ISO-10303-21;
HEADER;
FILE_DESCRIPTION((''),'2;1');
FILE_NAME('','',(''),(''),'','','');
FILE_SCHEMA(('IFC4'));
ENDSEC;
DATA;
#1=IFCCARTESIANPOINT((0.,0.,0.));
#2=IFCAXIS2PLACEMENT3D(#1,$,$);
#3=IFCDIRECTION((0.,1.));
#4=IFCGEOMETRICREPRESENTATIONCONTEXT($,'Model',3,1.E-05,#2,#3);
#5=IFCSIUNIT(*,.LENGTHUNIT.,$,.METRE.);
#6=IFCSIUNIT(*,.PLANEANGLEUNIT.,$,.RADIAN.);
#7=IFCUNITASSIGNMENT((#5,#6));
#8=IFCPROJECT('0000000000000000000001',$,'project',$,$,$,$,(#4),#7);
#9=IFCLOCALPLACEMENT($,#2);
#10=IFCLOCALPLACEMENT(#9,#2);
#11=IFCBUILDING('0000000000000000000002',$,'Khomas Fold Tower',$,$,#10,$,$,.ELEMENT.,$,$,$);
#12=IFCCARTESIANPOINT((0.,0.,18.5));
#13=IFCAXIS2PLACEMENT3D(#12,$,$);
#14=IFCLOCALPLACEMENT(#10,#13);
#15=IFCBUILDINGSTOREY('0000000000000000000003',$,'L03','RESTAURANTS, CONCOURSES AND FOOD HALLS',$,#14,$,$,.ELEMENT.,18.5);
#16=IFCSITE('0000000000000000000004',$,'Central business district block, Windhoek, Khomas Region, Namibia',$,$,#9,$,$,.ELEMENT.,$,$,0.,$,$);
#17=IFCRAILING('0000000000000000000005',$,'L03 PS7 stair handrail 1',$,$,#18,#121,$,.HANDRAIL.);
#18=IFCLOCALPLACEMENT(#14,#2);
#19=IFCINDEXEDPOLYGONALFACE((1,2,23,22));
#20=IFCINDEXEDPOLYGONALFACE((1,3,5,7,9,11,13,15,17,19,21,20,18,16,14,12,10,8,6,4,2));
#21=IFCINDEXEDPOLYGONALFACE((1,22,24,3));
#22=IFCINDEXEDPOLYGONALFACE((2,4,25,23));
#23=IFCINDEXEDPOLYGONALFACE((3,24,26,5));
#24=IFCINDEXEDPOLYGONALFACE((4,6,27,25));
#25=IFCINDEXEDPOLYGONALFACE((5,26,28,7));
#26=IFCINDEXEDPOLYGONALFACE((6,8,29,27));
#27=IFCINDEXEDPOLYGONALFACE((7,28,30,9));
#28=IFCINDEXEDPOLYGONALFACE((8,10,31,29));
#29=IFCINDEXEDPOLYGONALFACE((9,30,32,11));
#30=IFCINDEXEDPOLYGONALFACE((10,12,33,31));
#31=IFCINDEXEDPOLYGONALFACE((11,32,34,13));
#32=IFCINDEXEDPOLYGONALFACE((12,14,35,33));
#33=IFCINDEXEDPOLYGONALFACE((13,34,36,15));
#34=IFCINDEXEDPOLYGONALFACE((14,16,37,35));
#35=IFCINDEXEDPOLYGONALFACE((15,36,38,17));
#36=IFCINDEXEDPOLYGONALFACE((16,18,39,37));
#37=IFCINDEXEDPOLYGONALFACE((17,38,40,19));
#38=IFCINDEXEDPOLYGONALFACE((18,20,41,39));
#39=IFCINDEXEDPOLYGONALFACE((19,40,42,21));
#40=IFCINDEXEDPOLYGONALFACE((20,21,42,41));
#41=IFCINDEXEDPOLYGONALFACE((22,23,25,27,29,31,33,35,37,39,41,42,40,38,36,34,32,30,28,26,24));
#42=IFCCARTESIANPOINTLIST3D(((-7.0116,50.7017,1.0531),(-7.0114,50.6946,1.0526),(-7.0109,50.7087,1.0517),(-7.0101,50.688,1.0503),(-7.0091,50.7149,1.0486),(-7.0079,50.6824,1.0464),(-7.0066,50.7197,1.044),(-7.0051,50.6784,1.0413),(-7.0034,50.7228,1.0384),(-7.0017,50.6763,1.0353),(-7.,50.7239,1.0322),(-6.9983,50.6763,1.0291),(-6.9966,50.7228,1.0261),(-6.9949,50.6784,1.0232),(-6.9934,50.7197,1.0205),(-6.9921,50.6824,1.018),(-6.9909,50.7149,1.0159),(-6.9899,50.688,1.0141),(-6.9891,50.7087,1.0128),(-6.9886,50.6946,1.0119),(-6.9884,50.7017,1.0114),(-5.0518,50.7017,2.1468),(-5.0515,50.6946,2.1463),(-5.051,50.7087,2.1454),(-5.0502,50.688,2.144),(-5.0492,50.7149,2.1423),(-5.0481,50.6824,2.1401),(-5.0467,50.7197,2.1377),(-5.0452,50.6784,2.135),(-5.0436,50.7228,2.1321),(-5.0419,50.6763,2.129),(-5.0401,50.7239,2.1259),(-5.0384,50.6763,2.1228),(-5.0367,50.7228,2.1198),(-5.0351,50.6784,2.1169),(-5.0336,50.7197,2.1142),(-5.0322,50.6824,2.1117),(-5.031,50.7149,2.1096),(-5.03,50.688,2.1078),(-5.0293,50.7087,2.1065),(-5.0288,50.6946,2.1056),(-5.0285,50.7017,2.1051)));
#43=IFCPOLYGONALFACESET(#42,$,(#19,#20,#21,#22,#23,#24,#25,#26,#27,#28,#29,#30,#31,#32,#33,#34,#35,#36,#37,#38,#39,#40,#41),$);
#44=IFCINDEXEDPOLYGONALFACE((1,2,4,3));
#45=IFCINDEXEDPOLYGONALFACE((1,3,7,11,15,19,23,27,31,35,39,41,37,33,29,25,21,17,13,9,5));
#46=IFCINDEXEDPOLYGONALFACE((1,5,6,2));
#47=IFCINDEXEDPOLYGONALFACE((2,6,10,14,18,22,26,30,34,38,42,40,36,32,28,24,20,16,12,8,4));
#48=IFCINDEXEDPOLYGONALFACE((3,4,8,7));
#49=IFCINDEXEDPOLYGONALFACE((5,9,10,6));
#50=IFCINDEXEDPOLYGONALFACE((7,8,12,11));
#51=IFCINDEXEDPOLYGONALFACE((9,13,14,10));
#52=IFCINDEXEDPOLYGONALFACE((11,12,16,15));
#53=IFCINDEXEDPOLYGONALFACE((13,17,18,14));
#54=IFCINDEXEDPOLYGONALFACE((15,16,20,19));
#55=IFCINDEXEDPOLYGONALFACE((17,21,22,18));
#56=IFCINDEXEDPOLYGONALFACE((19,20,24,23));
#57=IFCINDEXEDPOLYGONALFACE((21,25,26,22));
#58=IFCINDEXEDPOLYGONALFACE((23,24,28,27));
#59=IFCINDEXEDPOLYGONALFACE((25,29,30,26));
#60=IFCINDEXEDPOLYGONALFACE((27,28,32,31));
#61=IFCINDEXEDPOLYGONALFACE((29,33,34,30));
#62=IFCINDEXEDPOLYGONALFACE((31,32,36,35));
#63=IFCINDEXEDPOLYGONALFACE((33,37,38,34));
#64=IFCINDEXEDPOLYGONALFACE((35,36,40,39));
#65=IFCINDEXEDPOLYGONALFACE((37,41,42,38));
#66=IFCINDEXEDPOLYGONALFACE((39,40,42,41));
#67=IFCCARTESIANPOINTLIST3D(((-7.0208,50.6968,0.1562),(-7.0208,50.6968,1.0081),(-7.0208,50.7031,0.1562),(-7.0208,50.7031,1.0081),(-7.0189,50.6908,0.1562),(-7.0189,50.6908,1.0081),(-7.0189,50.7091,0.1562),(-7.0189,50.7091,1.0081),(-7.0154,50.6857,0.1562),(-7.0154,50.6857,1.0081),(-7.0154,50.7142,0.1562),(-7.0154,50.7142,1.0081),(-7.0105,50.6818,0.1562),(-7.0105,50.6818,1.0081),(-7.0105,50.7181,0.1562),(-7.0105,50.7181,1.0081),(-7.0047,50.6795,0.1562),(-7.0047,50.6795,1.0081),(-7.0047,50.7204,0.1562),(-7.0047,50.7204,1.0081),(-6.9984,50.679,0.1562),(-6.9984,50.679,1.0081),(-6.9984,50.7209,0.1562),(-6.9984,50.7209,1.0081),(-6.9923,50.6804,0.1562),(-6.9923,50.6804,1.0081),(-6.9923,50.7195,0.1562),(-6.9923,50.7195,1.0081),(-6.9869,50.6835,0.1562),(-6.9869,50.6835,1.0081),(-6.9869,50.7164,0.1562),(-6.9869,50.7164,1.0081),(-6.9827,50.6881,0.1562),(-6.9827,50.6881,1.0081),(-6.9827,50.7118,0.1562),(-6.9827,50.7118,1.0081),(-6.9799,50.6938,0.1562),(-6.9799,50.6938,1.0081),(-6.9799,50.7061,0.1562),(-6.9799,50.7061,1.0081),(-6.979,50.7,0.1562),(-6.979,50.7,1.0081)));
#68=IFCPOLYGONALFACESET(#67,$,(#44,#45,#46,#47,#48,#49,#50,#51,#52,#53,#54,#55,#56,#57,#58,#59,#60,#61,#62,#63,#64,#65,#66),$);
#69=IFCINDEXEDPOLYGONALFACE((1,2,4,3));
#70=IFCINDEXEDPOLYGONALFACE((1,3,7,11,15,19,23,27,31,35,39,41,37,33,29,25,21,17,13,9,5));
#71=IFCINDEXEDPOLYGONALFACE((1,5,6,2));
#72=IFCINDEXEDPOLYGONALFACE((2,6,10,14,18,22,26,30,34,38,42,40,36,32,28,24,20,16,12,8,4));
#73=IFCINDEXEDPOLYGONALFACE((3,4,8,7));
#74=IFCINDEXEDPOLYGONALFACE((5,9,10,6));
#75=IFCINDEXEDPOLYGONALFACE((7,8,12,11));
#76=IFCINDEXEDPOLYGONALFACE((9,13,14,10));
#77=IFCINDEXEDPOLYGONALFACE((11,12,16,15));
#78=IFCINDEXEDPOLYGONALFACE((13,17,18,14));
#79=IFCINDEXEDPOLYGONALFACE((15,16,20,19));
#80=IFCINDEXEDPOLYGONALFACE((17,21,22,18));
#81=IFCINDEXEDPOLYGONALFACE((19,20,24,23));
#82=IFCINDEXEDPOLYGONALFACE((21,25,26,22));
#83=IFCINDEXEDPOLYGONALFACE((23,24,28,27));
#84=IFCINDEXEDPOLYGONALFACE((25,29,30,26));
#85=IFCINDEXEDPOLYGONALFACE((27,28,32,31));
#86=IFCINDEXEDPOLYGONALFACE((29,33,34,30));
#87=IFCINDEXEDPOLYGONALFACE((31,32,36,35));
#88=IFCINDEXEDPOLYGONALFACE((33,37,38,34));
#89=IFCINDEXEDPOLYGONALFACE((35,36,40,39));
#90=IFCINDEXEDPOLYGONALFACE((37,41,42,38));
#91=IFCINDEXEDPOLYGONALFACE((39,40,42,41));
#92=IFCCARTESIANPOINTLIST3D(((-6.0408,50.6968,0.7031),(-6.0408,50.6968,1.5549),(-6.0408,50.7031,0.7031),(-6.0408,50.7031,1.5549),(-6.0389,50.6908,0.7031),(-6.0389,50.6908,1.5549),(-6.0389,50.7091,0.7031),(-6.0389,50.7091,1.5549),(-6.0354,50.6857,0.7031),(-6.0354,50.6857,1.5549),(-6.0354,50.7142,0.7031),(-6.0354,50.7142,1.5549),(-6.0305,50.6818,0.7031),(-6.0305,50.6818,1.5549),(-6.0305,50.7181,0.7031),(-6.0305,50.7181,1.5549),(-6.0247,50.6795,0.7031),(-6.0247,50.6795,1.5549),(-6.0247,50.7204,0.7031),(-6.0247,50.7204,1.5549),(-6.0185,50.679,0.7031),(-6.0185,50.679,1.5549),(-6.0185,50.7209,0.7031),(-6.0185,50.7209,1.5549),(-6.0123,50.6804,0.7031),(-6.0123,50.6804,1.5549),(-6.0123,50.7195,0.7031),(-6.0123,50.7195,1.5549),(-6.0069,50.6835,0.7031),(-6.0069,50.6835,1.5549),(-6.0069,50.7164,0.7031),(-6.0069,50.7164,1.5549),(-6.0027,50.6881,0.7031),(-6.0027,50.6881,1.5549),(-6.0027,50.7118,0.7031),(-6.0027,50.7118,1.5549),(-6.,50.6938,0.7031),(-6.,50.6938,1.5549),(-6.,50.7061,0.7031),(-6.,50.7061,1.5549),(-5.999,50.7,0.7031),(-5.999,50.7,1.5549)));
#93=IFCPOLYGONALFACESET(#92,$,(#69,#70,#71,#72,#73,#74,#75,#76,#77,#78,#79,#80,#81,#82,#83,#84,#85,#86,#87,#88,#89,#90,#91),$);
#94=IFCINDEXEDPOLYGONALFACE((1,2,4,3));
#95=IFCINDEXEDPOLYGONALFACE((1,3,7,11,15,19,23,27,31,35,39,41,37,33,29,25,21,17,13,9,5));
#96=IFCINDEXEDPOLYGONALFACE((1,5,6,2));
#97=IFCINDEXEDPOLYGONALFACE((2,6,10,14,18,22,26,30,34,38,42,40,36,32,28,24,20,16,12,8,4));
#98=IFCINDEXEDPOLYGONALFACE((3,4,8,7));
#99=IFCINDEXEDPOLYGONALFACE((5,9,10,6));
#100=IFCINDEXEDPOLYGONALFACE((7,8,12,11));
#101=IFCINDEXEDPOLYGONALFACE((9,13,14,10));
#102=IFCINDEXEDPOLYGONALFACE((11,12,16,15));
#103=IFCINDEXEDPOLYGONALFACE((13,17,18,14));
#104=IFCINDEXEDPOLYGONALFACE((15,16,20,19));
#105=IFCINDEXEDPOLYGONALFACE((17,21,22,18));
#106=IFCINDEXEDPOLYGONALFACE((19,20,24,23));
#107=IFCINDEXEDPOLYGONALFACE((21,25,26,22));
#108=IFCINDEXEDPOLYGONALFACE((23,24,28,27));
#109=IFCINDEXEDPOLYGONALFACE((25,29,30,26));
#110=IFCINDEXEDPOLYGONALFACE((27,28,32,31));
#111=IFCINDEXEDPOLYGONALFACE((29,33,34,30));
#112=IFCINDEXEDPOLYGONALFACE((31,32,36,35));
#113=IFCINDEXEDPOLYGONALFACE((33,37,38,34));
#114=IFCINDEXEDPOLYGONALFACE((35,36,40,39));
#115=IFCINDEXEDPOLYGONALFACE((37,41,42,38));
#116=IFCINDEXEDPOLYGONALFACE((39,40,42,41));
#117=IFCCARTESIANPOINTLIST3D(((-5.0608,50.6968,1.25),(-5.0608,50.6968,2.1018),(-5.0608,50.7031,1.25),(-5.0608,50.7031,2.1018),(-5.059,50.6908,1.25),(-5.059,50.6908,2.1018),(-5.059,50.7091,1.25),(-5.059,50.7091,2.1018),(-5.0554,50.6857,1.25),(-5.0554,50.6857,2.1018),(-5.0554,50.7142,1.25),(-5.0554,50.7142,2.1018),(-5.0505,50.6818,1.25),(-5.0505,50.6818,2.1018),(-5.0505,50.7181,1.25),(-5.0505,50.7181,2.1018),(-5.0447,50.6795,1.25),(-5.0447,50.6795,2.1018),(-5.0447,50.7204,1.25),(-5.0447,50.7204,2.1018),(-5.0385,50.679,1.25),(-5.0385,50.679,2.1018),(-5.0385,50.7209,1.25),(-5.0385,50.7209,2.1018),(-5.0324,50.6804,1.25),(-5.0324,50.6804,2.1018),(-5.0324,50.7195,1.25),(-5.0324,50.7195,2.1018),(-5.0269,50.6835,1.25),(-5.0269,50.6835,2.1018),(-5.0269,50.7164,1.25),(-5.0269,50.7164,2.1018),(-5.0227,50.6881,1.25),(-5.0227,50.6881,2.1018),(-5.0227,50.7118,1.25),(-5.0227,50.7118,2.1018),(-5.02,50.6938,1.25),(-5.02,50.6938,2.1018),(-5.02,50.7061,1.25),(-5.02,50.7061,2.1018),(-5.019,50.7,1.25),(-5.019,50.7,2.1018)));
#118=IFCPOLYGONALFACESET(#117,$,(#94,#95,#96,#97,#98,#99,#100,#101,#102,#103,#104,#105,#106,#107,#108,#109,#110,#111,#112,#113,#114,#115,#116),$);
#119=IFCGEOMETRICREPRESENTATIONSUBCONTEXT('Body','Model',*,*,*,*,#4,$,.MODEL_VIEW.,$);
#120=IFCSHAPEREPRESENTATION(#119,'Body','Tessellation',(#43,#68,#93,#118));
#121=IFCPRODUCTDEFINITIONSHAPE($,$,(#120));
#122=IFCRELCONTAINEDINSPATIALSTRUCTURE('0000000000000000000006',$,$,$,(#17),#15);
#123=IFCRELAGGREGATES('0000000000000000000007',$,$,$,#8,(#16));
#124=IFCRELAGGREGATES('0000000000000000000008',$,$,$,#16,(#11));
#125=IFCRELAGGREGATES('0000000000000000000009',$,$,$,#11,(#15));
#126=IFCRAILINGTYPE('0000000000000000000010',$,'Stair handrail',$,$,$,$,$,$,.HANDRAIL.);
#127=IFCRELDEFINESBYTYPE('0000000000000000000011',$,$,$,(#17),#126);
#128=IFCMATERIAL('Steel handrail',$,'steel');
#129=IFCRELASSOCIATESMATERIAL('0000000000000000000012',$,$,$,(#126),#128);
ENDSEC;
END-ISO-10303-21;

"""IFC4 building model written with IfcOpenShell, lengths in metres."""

from ifc_helpers import new_model, si_unit, direction, frame, origin, origin_2d, place, context, subcontext, project, spatial, circle, extrude, source, transform, mapped, material, type_object, element, save


model = new_model("IFC4")

# Units and contexts
model_context = context("Model", 3, precision=1e-05, world=origin(), true_north=direction((0.0, 1.0)))
body_context = subcontext(model_context, "Body", "Model", "MODEL_VIEW")
ifc_project = project(units=[si_unit("LENGTHUNIT", "METRE"), si_unit("PLANEANGLEUNIT", "RADIAN")], contexts=[model_context])

# Site, building, storey
site_placement = place(None, origin())
site = spatial("IfcSite", under=ifc_project, at=site_placement, Name="Central business district block, Windhoek, Khomas Region, Namibia", CompositionType="ELEMENT", RefElevation=0.0)
building_placement = place(site_placement, origin())
building = spatial("IfcBuilding", under=site, at=building_placement, Name="Khomas Fold Tower", CompositionType="ELEMENT")
storey_placement = place(building_placement, frame((0.0, 0.0, 18.5)))
storey = spatial("IfcBuildingStorey", under=building, at=storey_placement, Name="L03", Description="RESTAURANTS, CONCOURSES AND FOOD HALLS", CompositionType="ELEMENT", Elevation=18.5)

# Railing
ifc_material_1 = material(Name="Steel handrail", Category="steel")
railing_type_1 = type_object("IfcRailingType", Name="Stair handrail", PredefinedType="HANDRAIL", material=ifc_material_1)
shared_shape_1 = source(origin(), body_context, "Body", "SweptSolid", [
    extrude(circle(Radius=0.0239, at=origin_2d()), frame((0.0, 0.0, 0.876), z_axis=(0.873232, 0.0, 0.487304), x_axis=(0.0, 1.0, 0.0)), (0.0, 0.0, 1.0), 2.2444),
    extrude(circle(Radius=0.021, at=origin_2d()), origin(), (0.0, 0.0, 1.0), 0.8518),
    extrude(circle(Radius=0.021, at=origin_2d()), frame((0.98, 0.0, 0.5469)), (0.0, 0.0, 1.0), 0.8518),
    extrude(circle(Radius=0.021, at=origin_2d()), frame((1.96, 0.0, 1.0938)), (0.0, 0.0, 1.0), 0.8518),
])
railing_placement = place(storey_placement, frame((-7.0, 50.7, 0.1562)))
element("IfcRailing", 1, at=railing_placement, inside=storey, type_object=railing_type_1, Name="L03 PS7 stair handrail 1", PredefinedType="HANDRAIL", context=body_context, shape_type="MappedRepresentation", body=[
    mapped(shared_shape_1, transform((0.0, 0.0, 0.0))),
])

save(model, "model.ifc")
